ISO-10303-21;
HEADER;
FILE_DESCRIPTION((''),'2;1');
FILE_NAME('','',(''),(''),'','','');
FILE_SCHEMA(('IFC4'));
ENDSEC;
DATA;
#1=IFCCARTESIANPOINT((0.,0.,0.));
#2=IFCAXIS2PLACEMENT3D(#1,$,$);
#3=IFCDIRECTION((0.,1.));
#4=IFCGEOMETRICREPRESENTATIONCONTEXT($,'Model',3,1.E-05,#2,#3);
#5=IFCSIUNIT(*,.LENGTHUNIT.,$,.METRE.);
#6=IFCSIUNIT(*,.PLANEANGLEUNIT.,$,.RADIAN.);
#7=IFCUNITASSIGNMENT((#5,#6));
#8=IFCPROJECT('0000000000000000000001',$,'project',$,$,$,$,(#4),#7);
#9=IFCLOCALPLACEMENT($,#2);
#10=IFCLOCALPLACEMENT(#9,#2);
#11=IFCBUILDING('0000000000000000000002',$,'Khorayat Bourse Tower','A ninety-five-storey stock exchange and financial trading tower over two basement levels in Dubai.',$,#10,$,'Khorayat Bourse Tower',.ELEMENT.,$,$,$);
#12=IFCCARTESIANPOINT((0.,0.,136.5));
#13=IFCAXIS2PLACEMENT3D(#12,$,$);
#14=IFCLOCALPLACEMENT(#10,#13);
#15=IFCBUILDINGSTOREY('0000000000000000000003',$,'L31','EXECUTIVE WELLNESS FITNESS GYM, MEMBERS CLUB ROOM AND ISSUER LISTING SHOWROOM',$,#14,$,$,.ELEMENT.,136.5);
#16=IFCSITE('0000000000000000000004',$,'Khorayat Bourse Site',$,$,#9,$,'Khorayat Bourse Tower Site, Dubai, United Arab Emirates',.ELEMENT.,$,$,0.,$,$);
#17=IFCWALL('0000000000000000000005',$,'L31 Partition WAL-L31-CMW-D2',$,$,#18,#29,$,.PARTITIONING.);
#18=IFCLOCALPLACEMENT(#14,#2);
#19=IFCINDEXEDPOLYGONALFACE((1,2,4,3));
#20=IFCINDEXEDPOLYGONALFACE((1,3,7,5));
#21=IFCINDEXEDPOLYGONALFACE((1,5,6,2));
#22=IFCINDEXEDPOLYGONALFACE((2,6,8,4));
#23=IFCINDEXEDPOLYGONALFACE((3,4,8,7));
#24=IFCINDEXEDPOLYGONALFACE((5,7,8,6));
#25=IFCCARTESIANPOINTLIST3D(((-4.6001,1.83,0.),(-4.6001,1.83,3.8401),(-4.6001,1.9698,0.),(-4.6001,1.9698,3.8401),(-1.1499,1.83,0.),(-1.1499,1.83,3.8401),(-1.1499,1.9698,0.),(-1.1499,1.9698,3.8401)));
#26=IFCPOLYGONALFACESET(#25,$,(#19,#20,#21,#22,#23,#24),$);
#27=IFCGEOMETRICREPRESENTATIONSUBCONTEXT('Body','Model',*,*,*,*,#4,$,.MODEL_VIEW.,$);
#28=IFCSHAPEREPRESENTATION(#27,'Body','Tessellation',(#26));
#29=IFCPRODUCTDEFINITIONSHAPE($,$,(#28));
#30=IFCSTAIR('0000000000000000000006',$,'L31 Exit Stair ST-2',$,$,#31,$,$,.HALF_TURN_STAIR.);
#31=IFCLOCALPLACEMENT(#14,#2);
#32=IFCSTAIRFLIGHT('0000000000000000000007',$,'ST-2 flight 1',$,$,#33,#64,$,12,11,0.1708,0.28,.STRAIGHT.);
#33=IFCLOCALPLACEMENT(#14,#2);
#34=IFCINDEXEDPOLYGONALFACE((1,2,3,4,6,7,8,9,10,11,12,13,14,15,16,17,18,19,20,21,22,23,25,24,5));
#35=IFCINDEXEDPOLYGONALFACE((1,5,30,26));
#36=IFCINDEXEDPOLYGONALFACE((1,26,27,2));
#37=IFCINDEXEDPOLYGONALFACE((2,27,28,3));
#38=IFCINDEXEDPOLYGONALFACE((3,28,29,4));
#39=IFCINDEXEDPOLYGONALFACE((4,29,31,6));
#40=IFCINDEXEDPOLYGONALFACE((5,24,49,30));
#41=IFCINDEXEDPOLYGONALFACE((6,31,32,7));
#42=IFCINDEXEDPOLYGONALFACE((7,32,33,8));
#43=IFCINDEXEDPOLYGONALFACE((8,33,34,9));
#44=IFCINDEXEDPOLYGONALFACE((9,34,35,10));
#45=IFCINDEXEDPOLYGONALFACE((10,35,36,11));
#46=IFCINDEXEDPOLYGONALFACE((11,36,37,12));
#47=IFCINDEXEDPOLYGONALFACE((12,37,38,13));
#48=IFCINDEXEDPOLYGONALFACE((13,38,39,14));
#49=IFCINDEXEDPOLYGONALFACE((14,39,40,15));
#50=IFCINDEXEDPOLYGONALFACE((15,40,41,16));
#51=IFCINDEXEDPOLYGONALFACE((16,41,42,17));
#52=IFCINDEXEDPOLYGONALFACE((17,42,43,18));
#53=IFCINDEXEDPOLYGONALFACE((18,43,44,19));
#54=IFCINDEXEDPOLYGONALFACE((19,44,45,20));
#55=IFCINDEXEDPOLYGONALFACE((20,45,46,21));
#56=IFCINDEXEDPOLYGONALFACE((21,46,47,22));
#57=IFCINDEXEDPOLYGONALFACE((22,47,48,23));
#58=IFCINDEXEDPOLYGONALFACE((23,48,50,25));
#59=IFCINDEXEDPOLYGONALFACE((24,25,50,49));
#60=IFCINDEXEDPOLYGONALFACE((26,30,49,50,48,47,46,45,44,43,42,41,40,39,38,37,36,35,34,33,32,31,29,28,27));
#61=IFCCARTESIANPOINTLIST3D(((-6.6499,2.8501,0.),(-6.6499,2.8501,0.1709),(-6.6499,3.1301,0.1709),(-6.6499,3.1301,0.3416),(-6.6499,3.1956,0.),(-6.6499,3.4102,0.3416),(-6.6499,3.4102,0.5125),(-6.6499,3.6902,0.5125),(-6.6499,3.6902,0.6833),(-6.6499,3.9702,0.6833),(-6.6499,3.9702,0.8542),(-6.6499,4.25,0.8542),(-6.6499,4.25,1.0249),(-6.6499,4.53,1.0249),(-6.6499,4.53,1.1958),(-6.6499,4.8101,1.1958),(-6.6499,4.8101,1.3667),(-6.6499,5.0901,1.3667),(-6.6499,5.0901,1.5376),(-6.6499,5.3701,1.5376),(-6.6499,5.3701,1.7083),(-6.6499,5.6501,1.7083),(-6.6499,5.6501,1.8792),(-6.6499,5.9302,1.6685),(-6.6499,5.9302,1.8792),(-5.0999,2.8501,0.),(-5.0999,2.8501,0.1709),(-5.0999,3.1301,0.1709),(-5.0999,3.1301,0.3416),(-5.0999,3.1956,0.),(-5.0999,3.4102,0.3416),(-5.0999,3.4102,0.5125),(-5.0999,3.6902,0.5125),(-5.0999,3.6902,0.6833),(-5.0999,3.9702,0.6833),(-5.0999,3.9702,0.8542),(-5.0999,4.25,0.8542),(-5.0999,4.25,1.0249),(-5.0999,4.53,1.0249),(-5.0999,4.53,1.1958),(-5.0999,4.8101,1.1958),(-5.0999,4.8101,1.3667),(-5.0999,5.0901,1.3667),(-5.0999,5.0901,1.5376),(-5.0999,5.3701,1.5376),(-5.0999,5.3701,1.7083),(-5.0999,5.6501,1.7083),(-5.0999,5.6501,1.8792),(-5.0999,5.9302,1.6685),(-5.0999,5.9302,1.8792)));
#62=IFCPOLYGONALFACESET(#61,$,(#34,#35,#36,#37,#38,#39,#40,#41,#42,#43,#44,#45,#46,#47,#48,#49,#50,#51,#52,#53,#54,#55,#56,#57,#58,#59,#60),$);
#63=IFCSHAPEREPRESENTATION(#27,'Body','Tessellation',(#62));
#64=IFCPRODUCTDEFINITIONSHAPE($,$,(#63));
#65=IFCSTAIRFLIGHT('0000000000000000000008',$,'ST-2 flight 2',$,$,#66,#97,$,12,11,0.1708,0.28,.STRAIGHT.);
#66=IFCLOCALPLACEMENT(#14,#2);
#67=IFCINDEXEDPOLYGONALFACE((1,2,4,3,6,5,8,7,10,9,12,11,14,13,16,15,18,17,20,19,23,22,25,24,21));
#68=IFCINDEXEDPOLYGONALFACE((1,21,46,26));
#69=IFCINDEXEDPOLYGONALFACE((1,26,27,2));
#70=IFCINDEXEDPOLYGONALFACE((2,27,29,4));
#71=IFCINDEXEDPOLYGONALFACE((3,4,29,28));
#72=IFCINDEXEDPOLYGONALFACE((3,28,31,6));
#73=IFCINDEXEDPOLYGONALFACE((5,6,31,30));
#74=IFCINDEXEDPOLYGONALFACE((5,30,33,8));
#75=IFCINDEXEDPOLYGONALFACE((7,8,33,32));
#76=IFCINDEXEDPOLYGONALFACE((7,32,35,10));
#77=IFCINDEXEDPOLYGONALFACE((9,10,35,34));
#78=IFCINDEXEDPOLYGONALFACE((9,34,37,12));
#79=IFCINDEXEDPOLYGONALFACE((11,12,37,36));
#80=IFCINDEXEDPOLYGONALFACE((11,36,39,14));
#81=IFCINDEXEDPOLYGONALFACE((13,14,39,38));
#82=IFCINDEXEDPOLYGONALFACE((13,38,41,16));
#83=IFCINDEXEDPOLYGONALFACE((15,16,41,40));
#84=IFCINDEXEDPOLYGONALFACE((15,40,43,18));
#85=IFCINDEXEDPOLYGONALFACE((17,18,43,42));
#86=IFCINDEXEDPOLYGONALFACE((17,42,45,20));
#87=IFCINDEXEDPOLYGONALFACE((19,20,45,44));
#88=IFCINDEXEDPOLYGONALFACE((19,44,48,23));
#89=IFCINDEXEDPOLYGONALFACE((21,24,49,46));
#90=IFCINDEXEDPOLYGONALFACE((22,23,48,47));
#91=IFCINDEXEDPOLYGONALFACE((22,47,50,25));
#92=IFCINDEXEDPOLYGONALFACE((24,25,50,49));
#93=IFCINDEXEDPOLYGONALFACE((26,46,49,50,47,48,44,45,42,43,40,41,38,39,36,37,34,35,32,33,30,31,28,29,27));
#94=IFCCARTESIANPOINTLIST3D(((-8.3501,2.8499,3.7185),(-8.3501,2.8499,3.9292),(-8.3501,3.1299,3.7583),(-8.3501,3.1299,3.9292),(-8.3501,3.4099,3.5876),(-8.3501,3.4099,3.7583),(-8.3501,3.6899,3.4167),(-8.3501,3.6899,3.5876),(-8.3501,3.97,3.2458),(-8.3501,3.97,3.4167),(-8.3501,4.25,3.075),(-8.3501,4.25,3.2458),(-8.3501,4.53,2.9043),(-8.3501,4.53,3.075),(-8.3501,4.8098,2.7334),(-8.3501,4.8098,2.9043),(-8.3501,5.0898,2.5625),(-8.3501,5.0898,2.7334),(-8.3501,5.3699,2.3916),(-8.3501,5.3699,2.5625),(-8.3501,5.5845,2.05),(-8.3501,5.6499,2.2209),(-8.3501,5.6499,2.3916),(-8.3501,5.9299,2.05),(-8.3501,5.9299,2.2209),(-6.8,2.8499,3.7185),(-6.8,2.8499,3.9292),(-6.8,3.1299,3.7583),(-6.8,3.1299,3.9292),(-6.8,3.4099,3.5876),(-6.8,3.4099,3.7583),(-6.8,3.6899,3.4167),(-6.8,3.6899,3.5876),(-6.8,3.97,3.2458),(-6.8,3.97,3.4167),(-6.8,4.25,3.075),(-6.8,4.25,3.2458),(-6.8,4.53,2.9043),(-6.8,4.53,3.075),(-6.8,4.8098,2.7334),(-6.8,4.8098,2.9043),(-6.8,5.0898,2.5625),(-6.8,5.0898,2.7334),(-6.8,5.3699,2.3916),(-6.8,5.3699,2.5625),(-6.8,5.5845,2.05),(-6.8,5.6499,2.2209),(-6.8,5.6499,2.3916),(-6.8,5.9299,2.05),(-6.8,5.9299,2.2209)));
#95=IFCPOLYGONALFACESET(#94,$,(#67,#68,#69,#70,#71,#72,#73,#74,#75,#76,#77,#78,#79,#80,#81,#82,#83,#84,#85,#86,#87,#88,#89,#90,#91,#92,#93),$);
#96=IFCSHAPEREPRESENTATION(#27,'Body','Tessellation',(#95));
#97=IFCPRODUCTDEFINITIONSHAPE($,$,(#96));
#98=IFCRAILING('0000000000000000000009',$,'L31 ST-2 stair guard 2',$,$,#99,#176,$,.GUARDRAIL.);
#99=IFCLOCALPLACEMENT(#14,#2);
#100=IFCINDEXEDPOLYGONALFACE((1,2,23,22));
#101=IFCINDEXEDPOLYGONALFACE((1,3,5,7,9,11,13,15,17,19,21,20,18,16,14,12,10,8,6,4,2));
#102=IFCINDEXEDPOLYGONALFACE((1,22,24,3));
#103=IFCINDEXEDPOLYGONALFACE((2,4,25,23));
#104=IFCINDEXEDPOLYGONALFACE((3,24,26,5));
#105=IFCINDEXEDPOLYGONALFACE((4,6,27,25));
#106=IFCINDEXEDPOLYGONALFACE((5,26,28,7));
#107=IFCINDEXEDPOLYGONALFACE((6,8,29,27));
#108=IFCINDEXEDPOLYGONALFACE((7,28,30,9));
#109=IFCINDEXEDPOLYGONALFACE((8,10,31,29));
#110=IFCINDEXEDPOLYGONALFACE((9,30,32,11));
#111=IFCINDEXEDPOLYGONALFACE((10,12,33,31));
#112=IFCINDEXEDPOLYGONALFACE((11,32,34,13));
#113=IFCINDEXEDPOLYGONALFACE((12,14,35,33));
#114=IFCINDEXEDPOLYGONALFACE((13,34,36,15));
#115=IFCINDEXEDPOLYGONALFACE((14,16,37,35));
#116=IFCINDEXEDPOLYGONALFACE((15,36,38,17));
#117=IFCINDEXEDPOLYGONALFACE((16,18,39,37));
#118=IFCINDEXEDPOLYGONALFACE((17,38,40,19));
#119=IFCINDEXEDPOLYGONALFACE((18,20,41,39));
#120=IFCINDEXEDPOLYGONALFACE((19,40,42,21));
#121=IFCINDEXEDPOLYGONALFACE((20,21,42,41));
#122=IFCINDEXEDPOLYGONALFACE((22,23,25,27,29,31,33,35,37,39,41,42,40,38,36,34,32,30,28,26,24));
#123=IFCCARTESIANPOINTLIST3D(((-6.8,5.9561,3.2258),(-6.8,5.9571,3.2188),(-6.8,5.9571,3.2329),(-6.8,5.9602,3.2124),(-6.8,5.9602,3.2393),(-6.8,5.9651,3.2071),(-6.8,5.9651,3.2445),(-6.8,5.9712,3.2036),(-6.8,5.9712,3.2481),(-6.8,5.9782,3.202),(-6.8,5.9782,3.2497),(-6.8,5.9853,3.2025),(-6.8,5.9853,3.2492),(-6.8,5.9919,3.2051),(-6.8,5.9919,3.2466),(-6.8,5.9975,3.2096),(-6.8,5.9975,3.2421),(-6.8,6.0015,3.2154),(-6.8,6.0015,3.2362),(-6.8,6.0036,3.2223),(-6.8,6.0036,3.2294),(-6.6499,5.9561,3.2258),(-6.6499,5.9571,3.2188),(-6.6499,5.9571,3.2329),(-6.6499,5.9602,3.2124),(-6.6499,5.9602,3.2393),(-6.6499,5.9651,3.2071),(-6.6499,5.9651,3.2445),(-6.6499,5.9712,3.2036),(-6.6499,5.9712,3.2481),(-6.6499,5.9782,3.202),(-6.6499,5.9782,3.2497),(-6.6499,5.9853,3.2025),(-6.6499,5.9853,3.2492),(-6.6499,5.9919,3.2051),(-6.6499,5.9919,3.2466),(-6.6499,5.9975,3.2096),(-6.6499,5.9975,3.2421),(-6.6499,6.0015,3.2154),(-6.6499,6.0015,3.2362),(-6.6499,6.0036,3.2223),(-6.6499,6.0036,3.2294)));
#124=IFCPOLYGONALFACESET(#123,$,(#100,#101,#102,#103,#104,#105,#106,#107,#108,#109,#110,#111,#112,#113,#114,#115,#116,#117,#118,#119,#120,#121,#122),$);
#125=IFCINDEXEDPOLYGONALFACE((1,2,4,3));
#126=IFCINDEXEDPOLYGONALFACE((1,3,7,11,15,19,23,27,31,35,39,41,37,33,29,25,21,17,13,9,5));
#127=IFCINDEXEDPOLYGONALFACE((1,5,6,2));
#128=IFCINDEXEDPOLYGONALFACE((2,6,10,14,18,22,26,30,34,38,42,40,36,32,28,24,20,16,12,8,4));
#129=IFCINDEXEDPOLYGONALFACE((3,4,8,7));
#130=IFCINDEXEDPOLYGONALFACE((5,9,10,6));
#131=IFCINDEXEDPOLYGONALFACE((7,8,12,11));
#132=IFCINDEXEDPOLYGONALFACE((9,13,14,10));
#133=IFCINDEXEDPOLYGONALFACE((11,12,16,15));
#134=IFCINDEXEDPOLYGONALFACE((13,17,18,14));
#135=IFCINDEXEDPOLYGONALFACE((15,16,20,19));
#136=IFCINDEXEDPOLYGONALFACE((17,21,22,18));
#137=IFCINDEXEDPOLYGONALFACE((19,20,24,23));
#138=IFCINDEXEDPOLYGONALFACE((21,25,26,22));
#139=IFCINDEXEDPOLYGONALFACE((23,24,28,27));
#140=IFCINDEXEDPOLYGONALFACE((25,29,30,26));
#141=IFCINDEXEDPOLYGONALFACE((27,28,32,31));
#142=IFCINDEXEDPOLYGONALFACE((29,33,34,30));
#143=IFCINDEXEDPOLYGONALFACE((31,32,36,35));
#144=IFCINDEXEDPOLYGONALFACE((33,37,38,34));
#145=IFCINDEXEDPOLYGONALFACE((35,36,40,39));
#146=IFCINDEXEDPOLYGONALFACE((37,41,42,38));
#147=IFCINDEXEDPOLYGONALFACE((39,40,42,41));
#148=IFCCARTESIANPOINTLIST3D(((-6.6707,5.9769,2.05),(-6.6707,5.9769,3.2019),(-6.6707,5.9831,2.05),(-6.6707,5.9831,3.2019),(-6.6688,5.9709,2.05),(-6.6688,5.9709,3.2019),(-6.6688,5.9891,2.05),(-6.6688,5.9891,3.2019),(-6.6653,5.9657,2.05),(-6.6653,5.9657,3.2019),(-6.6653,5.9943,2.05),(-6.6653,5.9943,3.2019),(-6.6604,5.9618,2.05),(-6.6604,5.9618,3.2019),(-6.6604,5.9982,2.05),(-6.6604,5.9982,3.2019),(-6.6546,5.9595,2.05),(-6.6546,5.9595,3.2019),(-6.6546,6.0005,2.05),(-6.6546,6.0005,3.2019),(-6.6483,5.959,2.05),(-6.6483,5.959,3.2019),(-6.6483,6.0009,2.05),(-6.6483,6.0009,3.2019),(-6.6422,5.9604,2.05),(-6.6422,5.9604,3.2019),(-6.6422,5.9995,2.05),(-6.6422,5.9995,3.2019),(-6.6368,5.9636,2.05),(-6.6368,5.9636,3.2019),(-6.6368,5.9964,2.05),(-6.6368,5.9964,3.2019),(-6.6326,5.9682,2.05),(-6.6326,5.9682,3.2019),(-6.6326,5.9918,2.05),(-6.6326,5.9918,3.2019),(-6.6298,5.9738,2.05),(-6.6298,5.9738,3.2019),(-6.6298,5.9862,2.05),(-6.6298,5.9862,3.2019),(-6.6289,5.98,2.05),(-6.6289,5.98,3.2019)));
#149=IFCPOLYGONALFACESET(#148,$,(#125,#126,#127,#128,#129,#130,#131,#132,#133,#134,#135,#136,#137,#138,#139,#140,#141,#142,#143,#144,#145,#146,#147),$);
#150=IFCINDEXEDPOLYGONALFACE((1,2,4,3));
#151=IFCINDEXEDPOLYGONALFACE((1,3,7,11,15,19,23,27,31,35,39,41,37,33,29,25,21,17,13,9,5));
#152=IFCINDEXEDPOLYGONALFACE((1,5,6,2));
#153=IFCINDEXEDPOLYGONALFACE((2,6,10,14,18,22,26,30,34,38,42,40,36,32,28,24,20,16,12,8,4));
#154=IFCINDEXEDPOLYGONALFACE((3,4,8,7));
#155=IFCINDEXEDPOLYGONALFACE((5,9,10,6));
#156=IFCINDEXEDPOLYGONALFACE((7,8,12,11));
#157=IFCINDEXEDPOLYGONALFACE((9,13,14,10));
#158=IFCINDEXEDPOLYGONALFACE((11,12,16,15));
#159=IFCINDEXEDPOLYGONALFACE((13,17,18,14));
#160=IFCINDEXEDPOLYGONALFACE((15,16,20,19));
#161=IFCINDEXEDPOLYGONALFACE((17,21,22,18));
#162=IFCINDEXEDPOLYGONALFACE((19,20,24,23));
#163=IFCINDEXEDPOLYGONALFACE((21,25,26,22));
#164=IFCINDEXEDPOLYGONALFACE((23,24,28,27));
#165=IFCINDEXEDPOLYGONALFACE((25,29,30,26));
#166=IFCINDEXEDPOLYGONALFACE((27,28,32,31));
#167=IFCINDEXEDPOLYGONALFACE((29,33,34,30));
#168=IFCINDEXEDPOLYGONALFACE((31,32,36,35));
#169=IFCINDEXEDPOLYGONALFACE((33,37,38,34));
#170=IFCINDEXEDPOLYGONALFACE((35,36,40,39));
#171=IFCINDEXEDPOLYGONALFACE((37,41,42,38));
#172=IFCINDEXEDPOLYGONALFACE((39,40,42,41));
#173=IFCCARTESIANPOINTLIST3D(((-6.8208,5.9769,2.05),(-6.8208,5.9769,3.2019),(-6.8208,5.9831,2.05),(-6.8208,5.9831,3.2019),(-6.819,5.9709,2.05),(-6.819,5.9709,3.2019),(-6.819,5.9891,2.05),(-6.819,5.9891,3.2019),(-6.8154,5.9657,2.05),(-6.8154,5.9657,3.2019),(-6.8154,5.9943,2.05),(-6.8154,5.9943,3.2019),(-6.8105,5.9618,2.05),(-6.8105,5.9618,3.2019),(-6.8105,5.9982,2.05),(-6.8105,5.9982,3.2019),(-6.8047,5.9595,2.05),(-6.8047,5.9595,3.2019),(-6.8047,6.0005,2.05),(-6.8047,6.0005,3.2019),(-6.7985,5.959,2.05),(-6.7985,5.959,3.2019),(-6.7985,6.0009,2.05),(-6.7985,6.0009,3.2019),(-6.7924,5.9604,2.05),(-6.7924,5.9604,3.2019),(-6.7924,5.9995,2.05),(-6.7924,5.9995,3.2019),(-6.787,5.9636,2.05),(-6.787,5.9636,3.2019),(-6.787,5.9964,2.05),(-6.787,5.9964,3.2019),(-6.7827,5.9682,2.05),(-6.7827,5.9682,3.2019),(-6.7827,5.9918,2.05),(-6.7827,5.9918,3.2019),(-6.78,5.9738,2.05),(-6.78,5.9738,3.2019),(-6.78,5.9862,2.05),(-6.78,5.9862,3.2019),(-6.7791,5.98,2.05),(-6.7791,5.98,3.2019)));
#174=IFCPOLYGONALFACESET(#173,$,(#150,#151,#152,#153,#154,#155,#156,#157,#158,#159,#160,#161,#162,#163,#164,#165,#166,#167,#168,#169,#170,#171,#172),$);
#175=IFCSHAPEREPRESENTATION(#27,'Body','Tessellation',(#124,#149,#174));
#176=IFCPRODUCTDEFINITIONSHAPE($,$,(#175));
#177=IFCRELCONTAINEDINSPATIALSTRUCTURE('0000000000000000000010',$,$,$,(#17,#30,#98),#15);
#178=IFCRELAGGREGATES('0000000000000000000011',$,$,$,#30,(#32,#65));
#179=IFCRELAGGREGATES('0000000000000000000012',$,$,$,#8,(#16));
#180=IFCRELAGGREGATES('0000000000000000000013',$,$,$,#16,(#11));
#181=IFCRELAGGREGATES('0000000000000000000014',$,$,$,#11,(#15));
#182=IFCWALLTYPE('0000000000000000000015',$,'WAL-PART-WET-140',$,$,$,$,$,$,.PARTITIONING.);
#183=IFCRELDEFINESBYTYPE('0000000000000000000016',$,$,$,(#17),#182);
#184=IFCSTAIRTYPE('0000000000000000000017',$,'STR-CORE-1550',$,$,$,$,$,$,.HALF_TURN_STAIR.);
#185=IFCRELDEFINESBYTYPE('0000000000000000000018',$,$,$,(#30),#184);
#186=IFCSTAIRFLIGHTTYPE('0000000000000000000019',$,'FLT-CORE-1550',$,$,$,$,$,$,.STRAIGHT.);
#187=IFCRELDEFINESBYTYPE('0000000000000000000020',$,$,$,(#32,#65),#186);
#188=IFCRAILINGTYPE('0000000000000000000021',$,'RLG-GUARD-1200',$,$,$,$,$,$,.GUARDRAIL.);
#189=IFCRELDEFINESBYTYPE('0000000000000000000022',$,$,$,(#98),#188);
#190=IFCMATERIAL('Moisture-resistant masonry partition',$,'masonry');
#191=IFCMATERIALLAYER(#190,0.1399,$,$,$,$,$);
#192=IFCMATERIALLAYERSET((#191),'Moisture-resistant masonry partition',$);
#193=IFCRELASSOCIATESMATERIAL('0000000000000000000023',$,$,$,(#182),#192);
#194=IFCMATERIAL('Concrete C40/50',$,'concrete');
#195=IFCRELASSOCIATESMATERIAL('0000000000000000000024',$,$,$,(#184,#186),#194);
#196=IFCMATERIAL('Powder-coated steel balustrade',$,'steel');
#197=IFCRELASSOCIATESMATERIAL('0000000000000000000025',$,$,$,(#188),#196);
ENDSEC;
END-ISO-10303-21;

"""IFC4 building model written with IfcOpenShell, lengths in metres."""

from ifc_helpers import new_model, si_unit, direction, frame, frame_2d, origin, origin_2d, place, context, subcontext, project, spatial, polyline, rectangle, circle, outline, extrude, source, transform, mapped, material, layer, layer_set, type_object, element, aggregate, save


model = new_model("IFC4")

# Units and contexts
model_context = context("Model", 3, precision=1e-05, world=origin(), true_north=direction((0.0, 1.0)))
body_context = subcontext(model_context, "Body", "Model", "MODEL_VIEW")
ifc_project = project(units=[si_unit("LENGTHUNIT", "METRE"), si_unit("PLANEANGLEUNIT", "RADIAN")], contexts=[model_context])

# Site, building, storey
site_placement = place(None, origin())
site = spatial("IfcSite", under=ifc_project, at=site_placement, Name="Khorayat Bourse Site", LongName="Khorayat Bourse Tower Site, Dubai, United Arab Emirates", CompositionType="ELEMENT", RefElevation=0.0)
building_placement = place(site_placement, origin())
building = spatial("IfcBuilding", under=site, at=building_placement, Name="Khorayat Bourse Tower", Description="A ninety-five-storey stock exchange and financial trading tower over two basement levels in Dubai.", LongName="Khorayat Bourse Tower", CompositionType="ELEMENT")
storey_placement = place(building_placement, frame((0.0, 0.0, 136.5)))
storey = spatial("IfcBuildingStorey", under=building, at=storey_placement, Name="L31", Description="EXECUTIVE WELLNESS FITNESS GYM, MEMBERS CLUB ROOM AND ISSUER LISTING SHOWROOM", CompositionType="ELEMENT", Elevation=136.5)

# Wall
ifc_material_1 = material(Name="Moisture-resistant masonry partition", Category="masonry")
ifc_layer_1 = layer(ifc_material_1, 0.1399)
ifc_layer_set_1 = layer_set([ifc_layer_1], Name="Moisture-resistant masonry partition")
wall_type_1 = type_object("IfcWallType", Name="WAL-PART-WET-140", PredefinedType="PARTITIONING", material=ifc_layer_set_1)
shared_shape_1 = source(origin(), body_context, "Body", "SweptSolid", [
    extrude(rectangle(XDim=3.4502, YDim=0.1399, at=frame_2d((1.7251, 0.0))), origin(), (0.0, 0.0, 1.0), 3.8401),
])
wall_1_placement = place(storey_placement, frame((-4.6001, 1.8999, 0.0), z_axis=(0.0, 0.0, 1.0), x_axis=(1.0, 0.0, 0.0)))
element("IfcWall", 1, at=wall_1_placement, inside=storey, type_object=wall_type_1, Name="L31 Partition WAL-L31-CMW-D2", PredefinedType="PARTITIONING", context=body_context, shape_type="MappedRepresentation", body=[
    mapped(shared_shape_1, transform((0.0, 0.0, 0.0), scale=1.0)),
])

# Stair, stair flights
ifc_material_2 = material(Name="Concrete C40/50", Category="concrete")
stair_type = type_object("IfcStairType", Name="STR-CORE-1550", PredefinedType="HALF_TURN_STAIR", material=ifc_material_2)
stair_placement = place(storey_placement, origin())
stair = element("IfcStair", 2, at=stair_placement, inside=storey, type_object=stair_type, Name="L31 Exit Stair ST-2", PredefinedType="HALF_TURN_STAIR")
stair_flight_type = type_object("IfcStairFlightType", Name="FLT-CORE-1550", PredefinedType="STRAIGHT", material=ifc_material_2)
shared_shape_2 = source(origin(), body_context, "Body", "SweptSolid", [
    extrude(outline(polyline([(0.0, 0.0), (0.0, 0.1709), (0.28, 0.1709), (0.28, 0.3416), (0.5601, 0.3416), (0.5601, 0.5125), (0.8401, 0.5125), (0.8401, 0.6833), (1.1201, 0.6833), (1.1201, 0.8542), (1.3999, 0.8542), (1.3999, 1.0249), (1.6799, 1.0249), (1.6799, 1.1958), (1.96, 1.1958), (1.96, 1.3667), (2.24, 1.3667), (2.24, 1.5376), (2.52, 1.5376), (2.52, 1.7083), (2.8, 1.7083), (2.8, 1.8792), (3.0801, 1.8792), (3.0801, 2.05), (3.0801, 1.6685), (0.3455, 0.0), (0.0, 0.0)])), frame((0.0, 0.7749, 0.0), z_axis=(0.0, -1.0, 0.0), x_axis=(1.0, 0.0, 0.0)), (0.0, 0.0, 1.0), 1.55),
])
stair_flight_1_placement = place(storey_placement, frame((-5.875, 2.8501, 0.0), z_axis=(0.0, 0.0, 1.0), x_axis=(0.0, 1.0, 0.0)))
stair_flight_1 = element("IfcStairFlight", 3, at=stair_flight_1_placement, type_object=stair_flight_type, Name="ST-2 flight 1", NumberOfRisers=12, NumberOfTreads=11, PredefinedType="STRAIGHT", RiserHeight=0.1708, TreadLength=0.28, context=body_context, shape_type="MappedRepresentation", body=[
    mapped(shared_shape_2, transform((0.0, 0.0, 0.0), scale=1.0)),
])
stair_flight_2_placement = place(storey_placement, frame((-7.575, 5.9299, 2.05), z_axis=(0.0, 0.0, 1.0), x_axis=(0.0, -1.0, 0.0)))
stair_flight_2 = element("IfcStairFlight", 4, at=stair_flight_2_placement, type_object=stair_flight_type, Name="ST-2 flight 2", NumberOfRisers=12, NumberOfTreads=11, PredefinedType="STRAIGHT", RiserHeight=0.1708, TreadLength=0.28, context=body_context, shape_type="MappedRepresentation", body=[
    mapped(shared_shape_2, transform((0.0, 0.0, 0.0), scale=1.0)),
])
aggregate(stair, [stair_flight_1, stair_flight_2])

# Railing
ifc_material_3 = material(Name="Powder-coated steel balustrade", Category="steel")
railing_type_1 = type_object("IfcRailingType", Name="RLG-GUARD-1200", PredefinedType="GUARDRAIL", material=ifc_material_3)
shared_shape_3 = source(origin(), body_context, "Body", "SweptSolid", [
    extrude(circle(Radius=0.0239, at=origin_2d()), frame((0.0, 0.0, 1.1758), z_axis=(-1.0, 0.0, 0.0), x_axis=(0.0, -1.0, 0.0)), (0.0, 0.0, 1.0), 0.1501),
    extrude(circle(Radius=0.021, at=origin_2d()), origin(), (0.0, 0.0, 1.0), 1.1519),
    extrude(circle(Radius=0.021, at=origin_2d()), frame((-0.1501, 0.0, 0.0)), (0.0, 0.0, 1.0), 1.1519),
])
for number, where, name in (
    (5, (-6.6499, 5.98, 2.05), "L31 ST-2 stair guard 2"),
):
    element("IfcRailing", number, at=place(storey_placement, frame(where)), inside=storey, type_object=railing_type_1, Name=name, PredefinedType="GUARDRAIL", context=body_context, shape_type="MappedRepresentation", body=[
        mapped(shared_shape_3, transform((0.0, 0.0, 0.0), scale=1.0)),
    ])

save(model, "model.ifc")
